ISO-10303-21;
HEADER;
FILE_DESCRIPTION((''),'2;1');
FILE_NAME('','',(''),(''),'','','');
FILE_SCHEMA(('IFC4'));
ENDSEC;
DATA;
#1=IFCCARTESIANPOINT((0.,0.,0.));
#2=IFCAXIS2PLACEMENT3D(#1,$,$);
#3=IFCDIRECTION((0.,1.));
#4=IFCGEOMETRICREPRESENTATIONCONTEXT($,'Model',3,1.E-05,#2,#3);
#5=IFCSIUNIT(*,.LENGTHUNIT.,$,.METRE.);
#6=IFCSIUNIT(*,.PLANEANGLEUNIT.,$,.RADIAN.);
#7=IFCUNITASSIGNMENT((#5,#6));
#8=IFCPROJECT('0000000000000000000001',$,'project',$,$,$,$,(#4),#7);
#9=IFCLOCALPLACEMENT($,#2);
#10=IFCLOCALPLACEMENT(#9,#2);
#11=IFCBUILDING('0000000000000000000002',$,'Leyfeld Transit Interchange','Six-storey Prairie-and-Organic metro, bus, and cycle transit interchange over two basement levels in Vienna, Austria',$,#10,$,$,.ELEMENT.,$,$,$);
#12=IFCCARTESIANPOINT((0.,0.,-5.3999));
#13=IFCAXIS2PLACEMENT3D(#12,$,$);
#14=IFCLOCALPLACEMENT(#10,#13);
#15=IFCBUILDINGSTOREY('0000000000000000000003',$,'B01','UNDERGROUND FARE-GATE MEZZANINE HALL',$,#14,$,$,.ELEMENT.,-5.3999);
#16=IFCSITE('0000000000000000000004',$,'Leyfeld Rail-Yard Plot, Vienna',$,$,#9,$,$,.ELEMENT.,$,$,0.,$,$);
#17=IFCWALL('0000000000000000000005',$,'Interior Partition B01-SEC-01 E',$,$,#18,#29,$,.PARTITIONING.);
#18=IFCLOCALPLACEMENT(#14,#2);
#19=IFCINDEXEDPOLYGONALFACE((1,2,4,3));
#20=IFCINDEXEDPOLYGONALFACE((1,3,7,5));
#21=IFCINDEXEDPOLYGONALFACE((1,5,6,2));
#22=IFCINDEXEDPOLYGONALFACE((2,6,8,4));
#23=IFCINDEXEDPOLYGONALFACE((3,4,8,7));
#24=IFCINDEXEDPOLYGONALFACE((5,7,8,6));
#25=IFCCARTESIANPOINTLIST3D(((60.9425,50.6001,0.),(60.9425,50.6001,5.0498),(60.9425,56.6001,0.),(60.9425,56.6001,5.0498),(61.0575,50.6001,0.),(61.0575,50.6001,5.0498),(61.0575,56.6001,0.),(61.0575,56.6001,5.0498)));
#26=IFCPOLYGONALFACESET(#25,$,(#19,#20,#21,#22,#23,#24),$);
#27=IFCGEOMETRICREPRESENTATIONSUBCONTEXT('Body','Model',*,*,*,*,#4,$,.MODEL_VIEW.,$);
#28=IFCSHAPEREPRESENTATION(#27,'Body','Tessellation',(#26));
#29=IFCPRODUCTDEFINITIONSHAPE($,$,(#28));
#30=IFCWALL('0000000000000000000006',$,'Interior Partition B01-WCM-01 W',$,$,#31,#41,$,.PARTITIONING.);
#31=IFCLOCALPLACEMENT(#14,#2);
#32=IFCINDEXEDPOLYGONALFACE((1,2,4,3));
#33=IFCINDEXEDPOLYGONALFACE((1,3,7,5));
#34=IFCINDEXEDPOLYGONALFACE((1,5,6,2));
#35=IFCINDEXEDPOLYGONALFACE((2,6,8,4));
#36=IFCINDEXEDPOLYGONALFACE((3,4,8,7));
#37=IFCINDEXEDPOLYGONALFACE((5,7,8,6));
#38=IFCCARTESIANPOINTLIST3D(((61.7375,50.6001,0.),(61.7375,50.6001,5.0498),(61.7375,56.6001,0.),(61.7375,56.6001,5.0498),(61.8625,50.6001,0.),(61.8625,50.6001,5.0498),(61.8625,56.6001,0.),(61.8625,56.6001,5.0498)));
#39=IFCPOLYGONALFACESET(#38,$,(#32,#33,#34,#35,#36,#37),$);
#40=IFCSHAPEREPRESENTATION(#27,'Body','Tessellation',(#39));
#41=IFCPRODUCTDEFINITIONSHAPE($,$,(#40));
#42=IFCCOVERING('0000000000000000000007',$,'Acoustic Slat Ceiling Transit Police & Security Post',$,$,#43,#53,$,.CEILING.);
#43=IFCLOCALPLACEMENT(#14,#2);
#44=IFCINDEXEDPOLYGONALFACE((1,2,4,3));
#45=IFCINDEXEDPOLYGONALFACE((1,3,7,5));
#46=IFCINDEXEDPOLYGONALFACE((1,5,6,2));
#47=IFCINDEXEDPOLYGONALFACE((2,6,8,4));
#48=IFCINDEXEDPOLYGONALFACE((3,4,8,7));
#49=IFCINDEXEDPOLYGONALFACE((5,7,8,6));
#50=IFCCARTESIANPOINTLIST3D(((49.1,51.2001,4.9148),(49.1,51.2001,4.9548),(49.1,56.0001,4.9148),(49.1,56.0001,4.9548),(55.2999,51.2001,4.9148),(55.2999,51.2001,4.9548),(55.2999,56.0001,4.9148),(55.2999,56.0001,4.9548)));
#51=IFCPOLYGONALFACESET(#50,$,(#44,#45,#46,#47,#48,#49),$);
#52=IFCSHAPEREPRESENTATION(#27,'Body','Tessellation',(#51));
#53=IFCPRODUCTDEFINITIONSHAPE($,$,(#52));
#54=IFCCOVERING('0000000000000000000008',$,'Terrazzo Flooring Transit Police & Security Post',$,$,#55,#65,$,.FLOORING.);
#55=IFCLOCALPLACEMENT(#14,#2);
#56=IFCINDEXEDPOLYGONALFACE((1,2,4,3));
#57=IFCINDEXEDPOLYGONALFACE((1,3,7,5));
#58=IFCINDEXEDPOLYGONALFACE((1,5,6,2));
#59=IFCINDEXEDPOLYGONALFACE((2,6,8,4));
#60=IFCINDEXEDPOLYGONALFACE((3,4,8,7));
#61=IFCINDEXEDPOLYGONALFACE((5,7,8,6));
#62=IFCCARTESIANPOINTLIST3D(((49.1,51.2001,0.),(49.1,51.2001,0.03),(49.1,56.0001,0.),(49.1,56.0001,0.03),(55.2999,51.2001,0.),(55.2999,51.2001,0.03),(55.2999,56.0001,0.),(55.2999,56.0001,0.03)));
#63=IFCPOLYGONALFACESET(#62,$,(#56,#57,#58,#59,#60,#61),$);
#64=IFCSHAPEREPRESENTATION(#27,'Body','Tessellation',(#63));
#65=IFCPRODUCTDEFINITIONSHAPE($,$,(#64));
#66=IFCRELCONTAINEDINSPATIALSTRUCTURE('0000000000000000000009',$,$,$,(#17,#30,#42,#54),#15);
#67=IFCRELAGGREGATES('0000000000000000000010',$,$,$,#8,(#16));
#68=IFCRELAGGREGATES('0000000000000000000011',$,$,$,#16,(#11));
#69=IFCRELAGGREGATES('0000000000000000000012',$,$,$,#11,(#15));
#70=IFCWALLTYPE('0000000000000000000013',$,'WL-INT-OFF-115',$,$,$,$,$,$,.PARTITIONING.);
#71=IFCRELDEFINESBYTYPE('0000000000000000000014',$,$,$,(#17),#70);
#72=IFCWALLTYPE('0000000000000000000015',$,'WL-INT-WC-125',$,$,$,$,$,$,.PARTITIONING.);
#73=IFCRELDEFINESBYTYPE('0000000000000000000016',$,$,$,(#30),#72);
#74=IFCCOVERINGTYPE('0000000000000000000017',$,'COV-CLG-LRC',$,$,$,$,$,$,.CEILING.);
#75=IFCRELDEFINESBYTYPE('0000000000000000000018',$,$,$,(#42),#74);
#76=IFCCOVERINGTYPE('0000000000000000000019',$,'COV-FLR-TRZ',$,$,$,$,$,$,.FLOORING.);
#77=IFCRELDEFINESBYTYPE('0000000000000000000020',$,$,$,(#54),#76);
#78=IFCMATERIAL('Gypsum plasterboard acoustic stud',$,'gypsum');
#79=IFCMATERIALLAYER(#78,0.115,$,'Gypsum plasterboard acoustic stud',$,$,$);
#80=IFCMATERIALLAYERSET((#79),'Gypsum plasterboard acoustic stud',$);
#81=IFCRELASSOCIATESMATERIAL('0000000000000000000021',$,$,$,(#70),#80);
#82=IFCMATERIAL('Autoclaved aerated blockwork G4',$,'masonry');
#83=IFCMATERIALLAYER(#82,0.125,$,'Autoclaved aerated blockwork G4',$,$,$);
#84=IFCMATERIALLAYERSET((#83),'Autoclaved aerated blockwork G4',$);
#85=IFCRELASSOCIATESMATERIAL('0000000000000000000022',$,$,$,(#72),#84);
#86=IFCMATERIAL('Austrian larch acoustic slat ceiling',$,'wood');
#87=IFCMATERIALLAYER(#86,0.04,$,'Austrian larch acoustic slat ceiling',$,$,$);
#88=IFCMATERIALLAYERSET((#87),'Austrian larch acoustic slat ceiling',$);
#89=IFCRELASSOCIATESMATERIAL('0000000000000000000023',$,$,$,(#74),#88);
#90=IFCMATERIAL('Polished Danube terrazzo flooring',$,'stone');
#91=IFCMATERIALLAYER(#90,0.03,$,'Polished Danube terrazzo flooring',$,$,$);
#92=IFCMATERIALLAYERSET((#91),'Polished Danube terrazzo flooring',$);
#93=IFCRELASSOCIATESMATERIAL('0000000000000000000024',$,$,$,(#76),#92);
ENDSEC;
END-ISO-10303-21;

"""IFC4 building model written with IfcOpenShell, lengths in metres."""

from ifc_helpers import new_model, si_unit, direction, frame, frame_2d, origin, origin_2d, place, context, subcontext, project, spatial, rectangle, extrude, material, layer, layer_set, type_object, element, save


model = new_model("IFC4")

# Units and contexts
model_context = context("Model", 3, precision=1e-05, world=origin(), true_north=direction((0.0, 1.0)))
body_context = subcontext(model_context, "Body", "Model", "MODEL_VIEW")
ifc_project = project(units=[si_unit("LENGTHUNIT", "METRE"), si_unit("PLANEANGLEUNIT", "RADIAN")], contexts=[model_context])

# Site, building, storey
site_placement = place(None, origin())
site = spatial("IfcSite", under=ifc_project, at=site_placement, Name="Leyfeld Rail-Yard Plot, Vienna", CompositionType="ELEMENT", RefElevation=0.0)
building_placement = place(site_placement, origin())
building = spatial("IfcBuilding", under=site, at=building_placement, Name="Leyfeld Transit Interchange", Description="Six-storey Prairie-and-Organic metro, bus, and cycle transit interchange over two basement levels in Vienna, Austria", CompositionType="ELEMENT")
storey_placement = place(building_placement, frame((0.0, 0.0, -5.3999)))
storey = spatial("IfcBuildingStorey", under=building, at=storey_placement, Name="B01", Description="UNDERGROUND FARE-GATE MEZZANINE HALL", CompositionType="ELEMENT", Elevation=-5.3999)

# Shared definitions
ifc_material_1 = material(Name="Gypsum plasterboard acoustic stud", Category="gypsum")
ifc_layer_1 = layer(ifc_material_1, 0.115, Name="Gypsum plasterboard acoustic stud")
ifc_layer_set_1 = layer_set([ifc_layer_1], Name="Gypsum plasterboard acoustic stud")
wall_type_1 = type_object("IfcWallType", Name="WL-INT-OFF-115", PredefinedType="PARTITIONING", material=ifc_layer_set_1)

# Walls
wall_1_placement = place(storey_placement, frame((61.0, 56.6001, 0.0), z_axis=(0.0, 0.0, 1.0), x_axis=(0.0, -1.0, 0.0)))
element("IfcWall", 1, at=wall_1_placement, inside=storey, type_object=wall_type_1, Name="Interior Partition B01-SEC-01 E", PredefinedType="PARTITIONING", context=body_context, shape_type="SweptSolid", body=[
    extrude(rectangle(XDim=6.0, YDim=0.115, at=frame_2d((3.0, 0.0))), origin(), (0.0, 0.0, 1.0), 5.0498),
])
ifc_material_2 = material(Name="Autoclaved aerated blockwork G4", Category="masonry")
ifc_layer_2 = layer(ifc_material_2, 0.125, Name="Autoclaved aerated blockwork G4")
ifc_layer_set_2 = layer_set([ifc_layer_2], Name="Autoclaved aerated blockwork G4")
wall_type_2 = type_object("IfcWallType", Name="WL-INT-WC-125", PredefinedType="PARTITIONING", material=ifc_layer_set_2)
wall_2_placement = place(storey_placement, frame((61.8, 50.6001, 0.0), z_axis=(0.0, 0.0, 1.0), x_axis=(0.0, 1.0, 0.0)))
element("IfcWall", 2, at=wall_2_placement, inside=storey, type_object=wall_type_2, Name="Interior Partition B01-WCM-01 W", PredefinedType="PARTITIONING", context=body_context, shape_type="SweptSolid", body=[
    extrude(rectangle(XDim=6.0, YDim=0.125, at=frame_2d((3.0, 0.0))), origin(), (0.0, 0.0, 1.0), 5.0498),
])

# Coverings
ifc_material_3 = material(Name="Austrian larch acoustic slat ceiling", Category="wood")
ifc_layer_3 = layer(ifc_material_3, 0.04, Name="Austrian larch acoustic slat ceiling")
ifc_layer_set_3 = layer_set([ifc_layer_3], Name="Austrian larch acoustic slat ceiling")
covering_type_1 = type_object("IfcCoveringType", Name="COV-CLG-LRC", PredefinedType="CEILING", material=ifc_layer_set_3)
covering_1_placement = place(storey_placement, frame((52.2, 53.6001, 4.9148), z_axis=(0.0, 0.0, 1.0), x_axis=(1.0, 0.0, 0.0)))
element("IfcCovering", 3, at=covering_1_placement, inside=storey, type_object=covering_type_1, Name="Acoustic Slat Ceiling Transit Police & Security Post", PredefinedType="CEILING", context=body_context, shape_type="SweptSolid", body=[
    extrude(rectangle(XDim=6.2, YDim=4.8, at=origin_2d()), origin(), (0.0, 0.0, 1.0), 0.04),
])
ifc_material_4 = material(Name="Polished Danube terrazzo flooring", Category="stone")
ifc_layer_4 = layer(ifc_material_4, 0.03, Name="Polished Danube terrazzo flooring")
ifc_layer_set_4 = layer_set([ifc_layer_4], Name="Polished Danube terrazzo flooring")
covering_type_2 = type_object("IfcCoveringType", Name="COV-FLR-TRZ", PredefinedType="FLOORING", material=ifc_layer_set_4)
covering_2_placement = place(storey_placement, frame((52.2, 53.6001, 0.0), z_axis=(0.0, 0.0, 1.0), x_axis=(1.0, 0.0, 0.0)))
element("IfcCovering", 4, at=covering_2_placement, inside=storey, type_object=covering_type_2, Name="Terrazzo Flooring Transit Police & Security Post", PredefinedType="FLOORING", context=body_context, shape_type="SweptSolid", body=[
    extrude(rectangle(XDim=6.2, YDim=4.8, at=origin_2d()), origin(), (0.0, 0.0, 1.0), 0.03),
])

save(model, "model.ifc")
